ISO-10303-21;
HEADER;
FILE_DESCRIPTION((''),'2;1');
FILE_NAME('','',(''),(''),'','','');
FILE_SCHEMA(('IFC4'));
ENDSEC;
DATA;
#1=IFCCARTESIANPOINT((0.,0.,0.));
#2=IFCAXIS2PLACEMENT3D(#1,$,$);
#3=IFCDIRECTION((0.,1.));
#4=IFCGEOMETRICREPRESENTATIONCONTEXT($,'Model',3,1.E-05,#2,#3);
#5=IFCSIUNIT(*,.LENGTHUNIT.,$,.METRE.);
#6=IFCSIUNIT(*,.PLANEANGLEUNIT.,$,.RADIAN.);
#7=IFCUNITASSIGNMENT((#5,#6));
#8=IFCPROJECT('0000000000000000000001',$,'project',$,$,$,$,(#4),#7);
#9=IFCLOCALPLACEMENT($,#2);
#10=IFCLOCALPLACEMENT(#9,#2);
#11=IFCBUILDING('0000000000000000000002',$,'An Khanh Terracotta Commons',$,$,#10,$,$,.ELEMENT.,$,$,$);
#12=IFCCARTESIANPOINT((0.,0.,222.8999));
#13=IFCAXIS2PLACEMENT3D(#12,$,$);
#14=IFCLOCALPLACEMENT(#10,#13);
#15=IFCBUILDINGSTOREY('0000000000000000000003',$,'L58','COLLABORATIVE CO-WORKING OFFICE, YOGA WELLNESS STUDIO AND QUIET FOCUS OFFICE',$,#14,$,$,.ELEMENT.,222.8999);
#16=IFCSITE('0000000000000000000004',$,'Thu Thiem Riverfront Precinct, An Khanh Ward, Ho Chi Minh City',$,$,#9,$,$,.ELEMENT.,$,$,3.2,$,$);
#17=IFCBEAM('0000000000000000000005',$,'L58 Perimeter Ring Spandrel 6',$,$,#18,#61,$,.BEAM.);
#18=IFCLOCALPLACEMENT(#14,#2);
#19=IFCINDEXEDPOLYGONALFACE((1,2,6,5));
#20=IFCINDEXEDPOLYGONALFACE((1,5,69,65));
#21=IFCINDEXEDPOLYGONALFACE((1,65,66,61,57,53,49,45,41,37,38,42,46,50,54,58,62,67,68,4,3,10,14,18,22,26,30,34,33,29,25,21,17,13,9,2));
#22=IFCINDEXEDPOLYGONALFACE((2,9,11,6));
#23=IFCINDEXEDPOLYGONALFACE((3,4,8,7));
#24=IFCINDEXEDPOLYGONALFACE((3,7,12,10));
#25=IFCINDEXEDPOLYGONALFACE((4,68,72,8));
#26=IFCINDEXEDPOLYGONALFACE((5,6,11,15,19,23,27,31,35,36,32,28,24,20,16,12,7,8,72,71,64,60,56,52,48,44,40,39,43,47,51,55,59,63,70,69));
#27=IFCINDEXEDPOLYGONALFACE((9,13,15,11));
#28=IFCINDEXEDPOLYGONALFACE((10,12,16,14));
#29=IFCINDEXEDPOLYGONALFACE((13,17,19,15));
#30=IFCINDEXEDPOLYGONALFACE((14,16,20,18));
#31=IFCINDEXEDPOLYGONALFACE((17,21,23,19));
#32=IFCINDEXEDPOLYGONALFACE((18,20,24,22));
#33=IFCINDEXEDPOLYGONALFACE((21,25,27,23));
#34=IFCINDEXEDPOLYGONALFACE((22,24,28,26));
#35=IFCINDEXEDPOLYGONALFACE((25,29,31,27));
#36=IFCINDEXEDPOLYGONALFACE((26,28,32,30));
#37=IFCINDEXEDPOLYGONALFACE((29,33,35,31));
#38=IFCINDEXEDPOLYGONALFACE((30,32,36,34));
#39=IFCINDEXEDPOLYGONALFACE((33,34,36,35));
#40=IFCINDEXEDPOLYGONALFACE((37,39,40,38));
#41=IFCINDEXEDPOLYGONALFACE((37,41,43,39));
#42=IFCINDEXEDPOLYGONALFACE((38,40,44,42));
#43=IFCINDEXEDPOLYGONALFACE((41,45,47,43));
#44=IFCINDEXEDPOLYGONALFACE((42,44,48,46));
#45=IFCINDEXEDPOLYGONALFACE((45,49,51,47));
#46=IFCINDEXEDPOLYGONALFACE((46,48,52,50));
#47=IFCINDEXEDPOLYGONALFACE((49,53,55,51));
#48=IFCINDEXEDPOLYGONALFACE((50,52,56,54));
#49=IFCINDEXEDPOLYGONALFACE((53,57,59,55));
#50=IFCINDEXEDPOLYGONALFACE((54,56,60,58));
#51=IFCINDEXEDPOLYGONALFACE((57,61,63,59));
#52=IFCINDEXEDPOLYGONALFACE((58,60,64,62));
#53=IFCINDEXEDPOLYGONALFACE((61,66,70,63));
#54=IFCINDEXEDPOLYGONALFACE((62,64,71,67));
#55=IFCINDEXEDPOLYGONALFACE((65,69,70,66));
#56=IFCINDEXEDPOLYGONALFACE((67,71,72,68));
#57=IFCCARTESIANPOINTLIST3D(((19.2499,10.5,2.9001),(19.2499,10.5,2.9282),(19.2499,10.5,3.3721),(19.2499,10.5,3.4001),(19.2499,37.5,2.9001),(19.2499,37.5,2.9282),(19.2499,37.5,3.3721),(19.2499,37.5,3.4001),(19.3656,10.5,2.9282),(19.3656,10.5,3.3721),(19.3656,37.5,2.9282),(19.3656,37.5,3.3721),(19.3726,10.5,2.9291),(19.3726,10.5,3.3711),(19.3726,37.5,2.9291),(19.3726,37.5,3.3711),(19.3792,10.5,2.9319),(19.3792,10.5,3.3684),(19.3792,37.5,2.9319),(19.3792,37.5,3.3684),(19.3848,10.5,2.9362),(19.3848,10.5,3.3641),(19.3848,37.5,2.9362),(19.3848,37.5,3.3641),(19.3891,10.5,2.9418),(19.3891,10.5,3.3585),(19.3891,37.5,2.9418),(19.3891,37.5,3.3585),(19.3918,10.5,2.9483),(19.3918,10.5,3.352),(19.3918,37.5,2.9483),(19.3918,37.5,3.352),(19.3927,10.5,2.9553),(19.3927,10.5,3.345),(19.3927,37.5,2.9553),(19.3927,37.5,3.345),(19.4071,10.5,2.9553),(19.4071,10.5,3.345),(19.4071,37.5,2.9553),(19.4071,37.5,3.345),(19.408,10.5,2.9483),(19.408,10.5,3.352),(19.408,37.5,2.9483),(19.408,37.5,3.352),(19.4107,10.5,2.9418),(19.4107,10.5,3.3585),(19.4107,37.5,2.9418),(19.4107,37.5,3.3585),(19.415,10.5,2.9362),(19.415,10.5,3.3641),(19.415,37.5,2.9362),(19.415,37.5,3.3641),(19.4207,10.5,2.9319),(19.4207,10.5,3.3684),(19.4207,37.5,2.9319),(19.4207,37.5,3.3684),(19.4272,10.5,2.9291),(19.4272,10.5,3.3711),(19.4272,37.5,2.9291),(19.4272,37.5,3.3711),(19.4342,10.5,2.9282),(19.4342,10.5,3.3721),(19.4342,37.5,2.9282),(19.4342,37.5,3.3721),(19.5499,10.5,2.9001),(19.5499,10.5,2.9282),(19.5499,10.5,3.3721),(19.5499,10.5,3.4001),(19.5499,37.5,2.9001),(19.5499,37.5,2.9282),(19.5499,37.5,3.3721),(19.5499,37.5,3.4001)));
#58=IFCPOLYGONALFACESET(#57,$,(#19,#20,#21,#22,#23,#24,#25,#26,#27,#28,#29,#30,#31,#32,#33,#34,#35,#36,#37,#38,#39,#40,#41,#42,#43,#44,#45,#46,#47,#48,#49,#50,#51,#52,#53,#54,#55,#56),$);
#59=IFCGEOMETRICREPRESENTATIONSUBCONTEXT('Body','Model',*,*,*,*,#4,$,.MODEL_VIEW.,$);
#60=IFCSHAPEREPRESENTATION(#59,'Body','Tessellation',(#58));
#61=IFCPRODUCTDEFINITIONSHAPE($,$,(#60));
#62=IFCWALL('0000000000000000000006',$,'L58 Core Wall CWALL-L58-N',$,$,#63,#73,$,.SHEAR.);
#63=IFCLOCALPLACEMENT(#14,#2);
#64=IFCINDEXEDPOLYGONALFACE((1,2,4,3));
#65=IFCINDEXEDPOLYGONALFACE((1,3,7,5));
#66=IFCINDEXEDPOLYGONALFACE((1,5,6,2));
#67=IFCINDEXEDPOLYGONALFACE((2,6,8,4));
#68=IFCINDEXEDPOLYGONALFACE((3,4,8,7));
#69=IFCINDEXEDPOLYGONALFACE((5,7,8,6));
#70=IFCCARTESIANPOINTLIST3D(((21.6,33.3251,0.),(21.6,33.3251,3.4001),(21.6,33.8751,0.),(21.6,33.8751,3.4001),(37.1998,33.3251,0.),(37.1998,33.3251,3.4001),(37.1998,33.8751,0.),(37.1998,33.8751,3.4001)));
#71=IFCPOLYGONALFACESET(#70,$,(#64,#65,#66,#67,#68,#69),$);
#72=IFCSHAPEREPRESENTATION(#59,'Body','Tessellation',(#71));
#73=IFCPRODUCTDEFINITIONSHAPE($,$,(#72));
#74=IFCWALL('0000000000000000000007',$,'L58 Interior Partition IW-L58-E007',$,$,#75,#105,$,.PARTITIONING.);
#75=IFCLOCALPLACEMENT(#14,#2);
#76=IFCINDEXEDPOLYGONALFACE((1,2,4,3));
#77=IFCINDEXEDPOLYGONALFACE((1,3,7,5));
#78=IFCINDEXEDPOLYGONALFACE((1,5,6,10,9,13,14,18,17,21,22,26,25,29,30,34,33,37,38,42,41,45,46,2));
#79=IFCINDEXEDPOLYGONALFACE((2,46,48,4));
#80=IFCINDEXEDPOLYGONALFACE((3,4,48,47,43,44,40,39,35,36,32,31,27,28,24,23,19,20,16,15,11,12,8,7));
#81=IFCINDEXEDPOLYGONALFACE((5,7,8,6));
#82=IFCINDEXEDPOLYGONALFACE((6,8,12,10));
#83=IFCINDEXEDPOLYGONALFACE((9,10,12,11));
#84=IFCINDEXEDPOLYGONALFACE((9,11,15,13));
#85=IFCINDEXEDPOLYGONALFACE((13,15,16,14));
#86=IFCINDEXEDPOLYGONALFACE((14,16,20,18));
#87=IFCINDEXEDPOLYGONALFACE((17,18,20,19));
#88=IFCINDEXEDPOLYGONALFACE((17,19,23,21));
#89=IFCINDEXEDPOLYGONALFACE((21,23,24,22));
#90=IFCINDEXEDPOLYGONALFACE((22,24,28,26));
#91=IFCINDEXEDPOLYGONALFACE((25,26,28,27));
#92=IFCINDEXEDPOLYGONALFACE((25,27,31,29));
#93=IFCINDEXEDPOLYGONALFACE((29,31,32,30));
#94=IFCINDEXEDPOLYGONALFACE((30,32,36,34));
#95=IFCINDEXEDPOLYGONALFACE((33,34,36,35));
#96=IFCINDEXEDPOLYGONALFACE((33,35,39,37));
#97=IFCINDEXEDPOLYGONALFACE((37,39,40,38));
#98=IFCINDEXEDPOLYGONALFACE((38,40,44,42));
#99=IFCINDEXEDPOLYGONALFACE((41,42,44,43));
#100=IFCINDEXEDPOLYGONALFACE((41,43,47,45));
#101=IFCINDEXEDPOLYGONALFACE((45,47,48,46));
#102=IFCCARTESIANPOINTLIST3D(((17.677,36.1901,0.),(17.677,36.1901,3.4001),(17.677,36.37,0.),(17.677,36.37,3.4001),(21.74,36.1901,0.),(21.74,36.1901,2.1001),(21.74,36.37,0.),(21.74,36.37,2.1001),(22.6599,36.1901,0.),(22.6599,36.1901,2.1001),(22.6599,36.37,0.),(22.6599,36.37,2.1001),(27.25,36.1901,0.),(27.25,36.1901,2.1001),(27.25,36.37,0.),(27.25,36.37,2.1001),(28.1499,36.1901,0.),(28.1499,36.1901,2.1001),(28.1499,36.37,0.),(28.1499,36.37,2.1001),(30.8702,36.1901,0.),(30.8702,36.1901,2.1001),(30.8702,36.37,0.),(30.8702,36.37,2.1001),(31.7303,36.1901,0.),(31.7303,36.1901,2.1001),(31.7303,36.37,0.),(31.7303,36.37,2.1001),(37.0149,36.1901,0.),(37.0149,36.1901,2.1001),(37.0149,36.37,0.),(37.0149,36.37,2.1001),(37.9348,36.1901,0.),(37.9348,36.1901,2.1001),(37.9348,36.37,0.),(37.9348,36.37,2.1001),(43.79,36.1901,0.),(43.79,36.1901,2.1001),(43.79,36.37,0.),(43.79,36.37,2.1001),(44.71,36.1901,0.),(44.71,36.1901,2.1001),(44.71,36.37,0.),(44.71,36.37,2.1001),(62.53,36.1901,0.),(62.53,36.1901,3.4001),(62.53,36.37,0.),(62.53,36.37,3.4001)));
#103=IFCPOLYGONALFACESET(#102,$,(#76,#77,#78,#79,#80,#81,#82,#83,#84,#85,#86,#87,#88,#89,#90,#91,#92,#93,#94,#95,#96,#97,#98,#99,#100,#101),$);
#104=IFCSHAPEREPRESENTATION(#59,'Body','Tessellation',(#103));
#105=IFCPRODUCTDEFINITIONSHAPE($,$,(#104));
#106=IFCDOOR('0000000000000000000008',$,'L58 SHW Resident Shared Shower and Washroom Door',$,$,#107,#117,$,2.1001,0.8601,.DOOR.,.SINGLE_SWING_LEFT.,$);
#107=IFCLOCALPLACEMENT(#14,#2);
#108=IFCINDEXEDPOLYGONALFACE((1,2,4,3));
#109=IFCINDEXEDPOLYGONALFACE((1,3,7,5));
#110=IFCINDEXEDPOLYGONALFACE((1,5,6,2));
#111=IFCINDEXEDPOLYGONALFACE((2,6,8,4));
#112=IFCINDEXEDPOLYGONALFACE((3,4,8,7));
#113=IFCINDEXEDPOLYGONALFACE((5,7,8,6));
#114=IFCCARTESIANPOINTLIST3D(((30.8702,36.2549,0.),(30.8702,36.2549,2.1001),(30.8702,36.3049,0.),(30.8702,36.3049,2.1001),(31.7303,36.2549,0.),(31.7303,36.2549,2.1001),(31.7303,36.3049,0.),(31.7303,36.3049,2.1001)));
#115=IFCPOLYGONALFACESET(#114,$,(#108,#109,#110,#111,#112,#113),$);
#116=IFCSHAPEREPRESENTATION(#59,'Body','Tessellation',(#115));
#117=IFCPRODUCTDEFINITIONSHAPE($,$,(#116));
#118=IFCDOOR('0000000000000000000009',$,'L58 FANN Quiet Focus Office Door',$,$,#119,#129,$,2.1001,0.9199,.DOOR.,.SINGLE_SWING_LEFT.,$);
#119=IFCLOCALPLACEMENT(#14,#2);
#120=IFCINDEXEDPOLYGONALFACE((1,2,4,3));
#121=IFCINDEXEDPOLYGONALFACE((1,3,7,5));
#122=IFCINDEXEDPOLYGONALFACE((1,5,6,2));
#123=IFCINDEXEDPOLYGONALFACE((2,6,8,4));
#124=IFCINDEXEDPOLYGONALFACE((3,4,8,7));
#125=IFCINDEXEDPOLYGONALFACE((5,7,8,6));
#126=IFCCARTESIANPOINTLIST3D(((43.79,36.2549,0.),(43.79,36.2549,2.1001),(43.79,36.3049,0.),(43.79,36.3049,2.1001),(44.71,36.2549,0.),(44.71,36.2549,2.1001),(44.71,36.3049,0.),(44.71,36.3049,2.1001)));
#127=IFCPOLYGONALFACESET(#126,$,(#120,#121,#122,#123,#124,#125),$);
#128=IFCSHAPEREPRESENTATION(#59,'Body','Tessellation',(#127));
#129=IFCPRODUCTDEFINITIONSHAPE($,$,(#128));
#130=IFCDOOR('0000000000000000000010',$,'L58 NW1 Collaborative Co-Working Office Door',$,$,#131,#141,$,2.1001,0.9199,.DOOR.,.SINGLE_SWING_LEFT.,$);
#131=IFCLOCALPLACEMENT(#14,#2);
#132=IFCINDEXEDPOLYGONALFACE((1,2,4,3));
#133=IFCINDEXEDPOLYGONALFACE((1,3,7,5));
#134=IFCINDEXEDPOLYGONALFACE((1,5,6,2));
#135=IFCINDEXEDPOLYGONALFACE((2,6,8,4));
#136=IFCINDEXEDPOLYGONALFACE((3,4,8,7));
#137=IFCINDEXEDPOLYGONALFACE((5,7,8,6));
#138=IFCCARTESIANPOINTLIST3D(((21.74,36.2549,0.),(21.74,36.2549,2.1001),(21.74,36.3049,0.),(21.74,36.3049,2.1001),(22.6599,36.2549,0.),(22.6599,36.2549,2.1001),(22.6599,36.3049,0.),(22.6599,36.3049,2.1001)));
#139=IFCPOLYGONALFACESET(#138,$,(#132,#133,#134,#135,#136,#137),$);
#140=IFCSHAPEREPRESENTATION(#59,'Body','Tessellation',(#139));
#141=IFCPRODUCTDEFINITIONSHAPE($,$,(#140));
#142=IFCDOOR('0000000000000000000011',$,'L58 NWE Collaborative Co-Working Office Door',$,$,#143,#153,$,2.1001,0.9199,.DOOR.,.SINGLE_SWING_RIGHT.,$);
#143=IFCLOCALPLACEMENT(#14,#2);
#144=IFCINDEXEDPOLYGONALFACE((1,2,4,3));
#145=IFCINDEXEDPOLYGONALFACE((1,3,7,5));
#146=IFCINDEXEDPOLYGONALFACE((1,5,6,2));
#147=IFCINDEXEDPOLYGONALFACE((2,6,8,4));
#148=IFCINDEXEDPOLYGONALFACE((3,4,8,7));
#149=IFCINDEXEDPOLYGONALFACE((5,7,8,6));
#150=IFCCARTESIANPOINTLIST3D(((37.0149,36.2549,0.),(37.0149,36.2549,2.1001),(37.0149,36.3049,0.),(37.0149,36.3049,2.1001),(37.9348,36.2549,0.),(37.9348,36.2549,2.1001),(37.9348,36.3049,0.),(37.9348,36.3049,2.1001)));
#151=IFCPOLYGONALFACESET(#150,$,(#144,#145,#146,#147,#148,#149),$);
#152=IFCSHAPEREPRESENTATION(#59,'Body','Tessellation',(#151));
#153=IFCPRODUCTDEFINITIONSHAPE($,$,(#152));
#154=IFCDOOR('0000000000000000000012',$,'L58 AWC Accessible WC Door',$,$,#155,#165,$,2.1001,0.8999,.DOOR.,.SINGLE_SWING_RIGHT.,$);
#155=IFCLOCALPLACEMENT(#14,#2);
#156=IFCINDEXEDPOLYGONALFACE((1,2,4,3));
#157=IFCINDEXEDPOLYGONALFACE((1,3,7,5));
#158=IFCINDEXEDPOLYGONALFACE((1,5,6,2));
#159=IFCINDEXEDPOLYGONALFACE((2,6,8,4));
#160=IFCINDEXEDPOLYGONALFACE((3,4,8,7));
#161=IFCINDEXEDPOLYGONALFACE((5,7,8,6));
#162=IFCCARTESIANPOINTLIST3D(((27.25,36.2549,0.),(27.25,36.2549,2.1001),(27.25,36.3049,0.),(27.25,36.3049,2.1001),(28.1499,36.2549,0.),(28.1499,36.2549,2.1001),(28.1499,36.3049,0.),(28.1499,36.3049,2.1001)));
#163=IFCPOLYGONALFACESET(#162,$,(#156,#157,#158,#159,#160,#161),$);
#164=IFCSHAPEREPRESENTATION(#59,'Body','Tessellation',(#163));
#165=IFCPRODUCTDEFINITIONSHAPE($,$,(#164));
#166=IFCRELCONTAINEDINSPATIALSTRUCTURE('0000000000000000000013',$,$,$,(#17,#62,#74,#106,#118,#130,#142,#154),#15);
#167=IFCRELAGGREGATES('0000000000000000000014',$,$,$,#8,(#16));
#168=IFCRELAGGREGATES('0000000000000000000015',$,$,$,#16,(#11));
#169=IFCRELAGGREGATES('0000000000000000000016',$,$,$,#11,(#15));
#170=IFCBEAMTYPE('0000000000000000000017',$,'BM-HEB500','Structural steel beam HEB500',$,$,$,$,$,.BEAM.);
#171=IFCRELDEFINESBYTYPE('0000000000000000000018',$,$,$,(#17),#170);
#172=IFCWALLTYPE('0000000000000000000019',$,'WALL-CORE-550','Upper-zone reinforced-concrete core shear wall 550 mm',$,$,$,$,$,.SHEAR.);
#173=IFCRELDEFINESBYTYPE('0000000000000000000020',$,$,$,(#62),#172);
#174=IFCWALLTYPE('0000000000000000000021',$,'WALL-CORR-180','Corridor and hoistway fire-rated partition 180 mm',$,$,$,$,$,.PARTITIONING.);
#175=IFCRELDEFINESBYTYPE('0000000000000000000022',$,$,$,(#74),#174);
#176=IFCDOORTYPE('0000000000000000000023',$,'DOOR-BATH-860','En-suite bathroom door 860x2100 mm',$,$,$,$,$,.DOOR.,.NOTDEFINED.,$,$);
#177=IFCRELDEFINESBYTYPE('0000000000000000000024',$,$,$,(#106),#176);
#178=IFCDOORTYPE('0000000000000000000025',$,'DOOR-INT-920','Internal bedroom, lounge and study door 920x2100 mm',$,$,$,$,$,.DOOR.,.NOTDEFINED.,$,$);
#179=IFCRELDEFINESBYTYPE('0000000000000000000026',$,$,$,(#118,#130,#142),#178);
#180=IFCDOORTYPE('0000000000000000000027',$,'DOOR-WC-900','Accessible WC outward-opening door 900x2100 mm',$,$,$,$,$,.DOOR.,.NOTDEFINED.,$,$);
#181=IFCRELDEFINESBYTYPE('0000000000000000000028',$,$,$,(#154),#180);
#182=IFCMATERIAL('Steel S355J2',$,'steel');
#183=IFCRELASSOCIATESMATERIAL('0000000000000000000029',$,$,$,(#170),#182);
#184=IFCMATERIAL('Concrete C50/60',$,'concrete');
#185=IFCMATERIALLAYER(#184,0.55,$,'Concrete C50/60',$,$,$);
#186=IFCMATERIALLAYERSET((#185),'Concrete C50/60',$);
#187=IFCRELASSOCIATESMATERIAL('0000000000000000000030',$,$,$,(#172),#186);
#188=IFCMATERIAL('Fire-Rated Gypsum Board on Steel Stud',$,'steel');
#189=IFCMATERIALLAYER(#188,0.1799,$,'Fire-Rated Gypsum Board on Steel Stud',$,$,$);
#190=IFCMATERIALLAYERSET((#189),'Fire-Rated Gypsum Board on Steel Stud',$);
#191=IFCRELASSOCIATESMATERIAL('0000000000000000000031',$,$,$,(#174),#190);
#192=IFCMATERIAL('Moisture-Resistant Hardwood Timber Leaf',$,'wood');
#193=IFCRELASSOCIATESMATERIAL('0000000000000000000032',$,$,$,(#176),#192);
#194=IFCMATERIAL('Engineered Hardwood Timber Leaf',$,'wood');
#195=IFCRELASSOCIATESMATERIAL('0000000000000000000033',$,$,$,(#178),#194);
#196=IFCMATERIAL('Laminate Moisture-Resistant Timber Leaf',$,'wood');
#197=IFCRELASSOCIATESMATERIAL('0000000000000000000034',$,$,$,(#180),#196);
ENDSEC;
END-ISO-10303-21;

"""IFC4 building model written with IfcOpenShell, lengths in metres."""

from ifc_helpers import new_model, si_unit, direction, frame, frame_2d, origin, origin_2d, place, context, subcontext, project, spatial, rectangle, i_section, extrude, material, layer, layer_set, material_profile, profile_set, type_object, element, fill, save


model = new_model("IFC4")

# Units and contexts
model_context = context("Model", 3, precision=1e-05, world=origin(), true_north=direction((0.0, 1.0)))
body_context = subcontext(model_context, "Body", "Model", "MODEL_VIEW")
ifc_project = project(units=[si_unit("LENGTHUNIT", "METRE"), si_unit("PLANEANGLEUNIT", "RADIAN")], contexts=[model_context])

# Site, building, storey
site_placement = place(None, origin())
site = spatial("IfcSite", under=ifc_project, at=site_placement, Name="Thu Thiem Riverfront Precinct, An Khanh Ward, Ho Chi Minh City", CompositionType="ELEMENT", RefElevation=3.2)
building_placement = place(site_placement, origin())
building = spatial("IfcBuilding", under=site, at=building_placement, Name="An Khanh Terracotta Commons", CompositionType="ELEMENT")
storey_placement = place(building_placement, frame((0.0, 0.0, 222.8999)))
storey = spatial("IfcBuildingStorey", under=building, at=storey_placement, Name="L58", Description="COLLABORATIVE CO-WORKING OFFICE, YOGA WELLNESS STUDIO AND QUIET FOCUS OFFICE", CompositionType="ELEMENT", Elevation=222.8999)

# Beam
ifc_material_1 = material(Name="Steel S355J2", Category="steel")
ifc_material_profile_1 = material_profile(ifc_material_1, i_section(OverallWidth=0.3, OverallDepth=0.5, WebThickness=0.0144, FlangeThickness=0.0281, FilletRadius=0.0271, at=origin_2d()), Name="HEB500")
ifc_profile_set_1 = profile_set([ifc_material_profile_1], Name="Steel S355J2")
beam_type_1 = type_object("IfcBeamType", Name="BM-HEB500", Description="Structural steel beam HEB500", PredefinedType="BEAM", material=ifc_profile_set_1)
beam_1_placement = place(storey_placement, frame((19.3999, 37.5, 3.1501), z_axis=(0.0, -1.0, 0.0), x_axis=(1.0, 0.0, 0.0)))
element("IfcBeam", 1, at=beam_1_placement, inside=storey, type_object=beam_type_1, Name="L58 Perimeter Ring Spandrel 6", PredefinedType="BEAM", context=body_context, shape_type="SweptSolid", body=[
    extrude(i_section(OverallWidth=0.3, OverallDepth=0.5, WebThickness=0.0144, FlangeThickness=0.0281, FilletRadius=0.0271, at=origin_2d()), origin(), (0.0, 0.0, 1.0), 27.0),
])

# Wall
ifc_material_2 = material(Name="Concrete C50/60", Category="concrete")
ifc_layer_1 = layer(ifc_material_2, 0.55, Name="Concrete C50/60")
ifc_layer_set_1 = layer_set([ifc_layer_1], Name="Concrete C50/60")
wall_type_1 = type_object("IfcWallType", Name="WALL-CORE-550", Description="Upper-zone reinforced-concrete core shear wall 550 mm", PredefinedType="SHEAR", material=ifc_layer_set_1)
wall_1_placement = place(storey_placement, frame((21.6001, 33.6001, 0.0), z_axis=(0.0, 0.0, 1.0), x_axis=(1.0, 0.0, 0.0)))
element("IfcWall", 2, at=wall_1_placement, inside=storey, type_object=wall_type_1, Name="L58 Core Wall CWALL-L58-N", PredefinedType="SHEAR", context=body_context, shape_type="SweptSolid", body=[
    extrude(rectangle(XDim=15.5999, YDim=0.55, at=frame_2d((7.7998, 0.0))), origin(), (0.0, 0.0, 1.0), 3.4001),
])

# Wall, openings, doors
ifc_material_3 = material(Name="Fire-Rated Gypsum Board on Steel Stud", Category="steel")
ifc_layer_2 = layer(ifc_material_3, 0.1799, Name="Fire-Rated Gypsum Board on Steel Stud")
ifc_layer_set_2 = layer_set([ifc_layer_2], Name="Fire-Rated Gypsum Board on Steel Stud")
wall_type_2 = type_object("IfcWallType", Name="WALL-CORR-180", Description="Corridor and hoistway fire-rated partition 180 mm", PredefinedType="PARTITIONING", material=ifc_layer_set_2)
wall_2_placement = place(storey_placement, frame((17.677, 36.28, 0.0), z_axis=(0.0, 0.0, 1.0), x_axis=(1.0, 0.0, 0.0)))
wall_2 = element("IfcWall", 3, at=wall_2_placement, inside=storey, type_object=wall_type_2, Name="L58 Interior Partition IW-L58-E007", PredefinedType="PARTITIONING", context=body_context, shape_type="SweptSolid", body=[
    extrude(rectangle(XDim=44.853, YDim=0.1799, at=frame_2d((22.4265, 0.0))), origin(), (0.0, 0.0, 1.0), 3.4001),
])
opening_1_placement = place(wall_2_placement, frame((9.573, 0.0, 0.0)))
opening_1 = element("IfcOpeningElement", 4, at=opening_1_placement, cuts=wall_2, PredefinedType="OPENING", context=body_context, shape_type="SweptSolid", body=[
    extrude(rectangle(XDim=0.8999, YDim=2.1001, at=frame_2d((0.45, 1.05))), frame((0.0, 0.0999, 0.0), z_axis=(0.0, -1.0, 0.0), x_axis=(1.0, 0.0, 0.0)), (0.0, 0.0, 1.0), 0.2),
])
opening_2_placement = place(wall_2_placement, frame((13.1931, 0.0, 0.0)))
opening_2 = element("IfcOpeningElement", 5, at=opening_2_placement, cuts=wall_2, PredefinedType="OPENING", context=body_context, shape_type="SweptSolid", body=[
    extrude(rectangle(XDim=0.8601, YDim=2.1001, at=frame_2d((0.4302, 1.05))), frame((0.0, 0.0999, 0.0), z_axis=(0.0, -1.0, 0.0), x_axis=(1.0, 0.0, 0.0)), (0.0, 0.0, 1.0), 0.2),
])
opening_3_placement = place(wall_2_placement, frame((26.113, 0.0, 0.0)))
opening_3 = element("IfcOpeningElement", 6, at=opening_3_placement, cuts=wall_2, PredefinedType="OPENING", context=body_context, shape_type="SweptSolid", body=[
    extrude(rectangle(XDim=0.9199, YDim=2.1001, at=frame_2d((0.46, 1.05))), frame((0.0, 0.0999, 0.0), z_axis=(0.0, -1.0, 0.0), x_axis=(1.0, 0.0, 0.0)), (0.0, 0.0, 1.0), 0.2),
])
opening_4_placement = place(wall_2_placement, frame((4.063, 0.0, 0.0)))
opening_4 = element("IfcOpeningElement", 7, at=opening_4_placement, cuts=wall_2, PredefinedType="OPENING", context=body_context, shape_type="SweptSolid", body=[
    extrude(rectangle(XDim=0.9199, YDim=2.1001, at=frame_2d((0.46, 1.05))), frame((0.0, 0.0999, 0.0), z_axis=(0.0, -1.0, 0.0), x_axis=(1.0, 0.0, 0.0)), (0.0, 0.0, 1.0), 0.2),
])
opening_5_placement = place(wall_2_placement, frame((19.3379, 0.0, 0.0)))
opening_5 = element("IfcOpeningElement", 8, at=opening_5_placement, cuts=wall_2, PredefinedType="OPENING", context=body_context, shape_type="SweptSolid", body=[
    extrude(rectangle(XDim=0.9199, YDim=2.1001, at=frame_2d((0.46, 1.05))), frame((0.0, 0.0999, 0.0), z_axis=(0.0, -1.0, 0.0), x_axis=(1.0, 0.0, 0.0)), (0.0, 0.0, 1.0), 0.2),
])
ifc_material_4 = material(Name="Moisture-Resistant Hardwood Timber Leaf", Category="wood")
door_type_1 = type_object("IfcDoorType", Name="DOOR-BATH-860", Description="En-suite bathroom door 860x2100 mm", OperationType="NOTDEFINED", PredefinedType="DOOR", material=ifc_material_4)
door_1_placement = place(opening_2_placement, origin())
door_1 = element("IfcDoor", 9, at=door_1_placement, inside=storey, type_object=door_type_1, Name="L58 SHW Resident Shared Shower and Washroom Door", OperationType="SINGLE_SWING_LEFT", OverallHeight=2.1001, OverallWidth=0.8601, PredefinedType="DOOR", context=body_context, shape_type="SweptSolid", body=[
    extrude(rectangle(XDim=0.8601, YDim=2.1001, at=frame_2d((0.4302, 1.05))), frame((0.0, 0.0249, 0.0), z_axis=(0.0, -1.0, 0.0), x_axis=(1.0, 0.0, 0.0)), (0.0, 0.0, 1.0), 0.05),
])
fill(opening_2, door_1)
ifc_material_5 = material(Name="Engineered Hardwood Timber Leaf", Category="wood")
door_type_2 = type_object("IfcDoorType", Name="DOOR-INT-920", Description="Internal bedroom, lounge and study door 920x2100 mm", OperationType="NOTDEFINED", PredefinedType="DOOR", material=ifc_material_5)
door_2_placement = place(opening_3_placement, origin())
door_2 = element("IfcDoor", 10, at=door_2_placement, inside=storey, type_object=door_type_2, Name="L58 FANN Quiet Focus Office Door", OperationType="SINGLE_SWING_LEFT", OverallHeight=2.1001, OverallWidth=0.9199, PredefinedType="DOOR", context=body_context, shape_type="SweptSolid", body=[
    extrude(rectangle(XDim=0.9199, YDim=2.1001, at=frame_2d((0.46, 1.05))), frame((0.0, 0.0249, 0.0), z_axis=(0.0, -1.0, 0.0), x_axis=(1.0, 0.0, 0.0)), (0.0, 0.0, 1.0), 0.05),
])
fill(opening_3, door_2)
door_3_placement = place(opening_4_placement, origin())
door_3 = element("IfcDoor", 11, at=door_3_placement, inside=storey, type_object=door_type_2, Name="L58 NW1 Collaborative Co-Working Office Door", OperationType="SINGLE_SWING_LEFT", OverallHeight=2.1001, OverallWidth=0.9199, PredefinedType="DOOR", context=body_context, shape_type="SweptSolid", body=[
    extrude(rectangle(XDim=0.9199, YDim=2.1001, at=frame_2d((0.46, 1.05))), frame((0.0, 0.0249, 0.0), z_axis=(0.0, -1.0, 0.0), x_axis=(1.0, 0.0, 0.0)), (0.0, 0.0, 1.0), 0.05),
])
fill(opening_4, door_3)
door_4_placement = place(opening_5_placement, origin())
door_4 = element("IfcDoor", 12, at=door_4_placement, inside=storey, type_object=door_type_2, Name="L58 NWE Collaborative Co-Working Office Door", OperationType="SINGLE_SWING_RIGHT", OverallHeight=2.1001, OverallWidth=0.9199, PredefinedType="DOOR", context=body_context, shape_type="SweptSolid", body=[
    extrude(rectangle(XDim=0.9199, YDim=2.1001, at=frame_2d((0.46, 1.05))), frame((0.0, 0.0249, 0.0), z_axis=(0.0, -1.0, 0.0), x_axis=(1.0, 0.0, 0.0)), (0.0, 0.0, 1.0), 0.05),
])
fill(opening_5, door_4)
ifc_material_6 = material(Name="Laminate Moisture-Resistant Timber Leaf", Category="wood")
door_type_3 = type_object("IfcDoorType", Name="DOOR-WC-900", Description="Accessible WC outward-opening door 900x2100 mm", OperationType="NOTDEFINED", PredefinedType="DOOR", material=ifc_material_6)
door_5_placement = place(opening_1_placement, origin())
door_5 = element("IfcDoor", 13, at=door_5_placement, inside=storey, type_object=door_type_3, Name="L58 AWC Accessible WC Door", OperationType="SINGLE_SWING_RIGHT", OverallHeight=2.1001, OverallWidth=0.8999, PredefinedType="DOOR", context=body_context, shape_type="SweptSolid", body=[
    extrude(rectangle(XDim=0.8999, YDim=2.1001, at=frame_2d((0.45, 1.05))), frame((0.0, 0.0249, 0.0), z_axis=(0.0, -1.0, 0.0), x_axis=(1.0, 0.0, 0.0)), (0.0, 0.0, 1.0), 0.05),
])
fill(opening_1, door_5)

save(model, "model.ifc")
